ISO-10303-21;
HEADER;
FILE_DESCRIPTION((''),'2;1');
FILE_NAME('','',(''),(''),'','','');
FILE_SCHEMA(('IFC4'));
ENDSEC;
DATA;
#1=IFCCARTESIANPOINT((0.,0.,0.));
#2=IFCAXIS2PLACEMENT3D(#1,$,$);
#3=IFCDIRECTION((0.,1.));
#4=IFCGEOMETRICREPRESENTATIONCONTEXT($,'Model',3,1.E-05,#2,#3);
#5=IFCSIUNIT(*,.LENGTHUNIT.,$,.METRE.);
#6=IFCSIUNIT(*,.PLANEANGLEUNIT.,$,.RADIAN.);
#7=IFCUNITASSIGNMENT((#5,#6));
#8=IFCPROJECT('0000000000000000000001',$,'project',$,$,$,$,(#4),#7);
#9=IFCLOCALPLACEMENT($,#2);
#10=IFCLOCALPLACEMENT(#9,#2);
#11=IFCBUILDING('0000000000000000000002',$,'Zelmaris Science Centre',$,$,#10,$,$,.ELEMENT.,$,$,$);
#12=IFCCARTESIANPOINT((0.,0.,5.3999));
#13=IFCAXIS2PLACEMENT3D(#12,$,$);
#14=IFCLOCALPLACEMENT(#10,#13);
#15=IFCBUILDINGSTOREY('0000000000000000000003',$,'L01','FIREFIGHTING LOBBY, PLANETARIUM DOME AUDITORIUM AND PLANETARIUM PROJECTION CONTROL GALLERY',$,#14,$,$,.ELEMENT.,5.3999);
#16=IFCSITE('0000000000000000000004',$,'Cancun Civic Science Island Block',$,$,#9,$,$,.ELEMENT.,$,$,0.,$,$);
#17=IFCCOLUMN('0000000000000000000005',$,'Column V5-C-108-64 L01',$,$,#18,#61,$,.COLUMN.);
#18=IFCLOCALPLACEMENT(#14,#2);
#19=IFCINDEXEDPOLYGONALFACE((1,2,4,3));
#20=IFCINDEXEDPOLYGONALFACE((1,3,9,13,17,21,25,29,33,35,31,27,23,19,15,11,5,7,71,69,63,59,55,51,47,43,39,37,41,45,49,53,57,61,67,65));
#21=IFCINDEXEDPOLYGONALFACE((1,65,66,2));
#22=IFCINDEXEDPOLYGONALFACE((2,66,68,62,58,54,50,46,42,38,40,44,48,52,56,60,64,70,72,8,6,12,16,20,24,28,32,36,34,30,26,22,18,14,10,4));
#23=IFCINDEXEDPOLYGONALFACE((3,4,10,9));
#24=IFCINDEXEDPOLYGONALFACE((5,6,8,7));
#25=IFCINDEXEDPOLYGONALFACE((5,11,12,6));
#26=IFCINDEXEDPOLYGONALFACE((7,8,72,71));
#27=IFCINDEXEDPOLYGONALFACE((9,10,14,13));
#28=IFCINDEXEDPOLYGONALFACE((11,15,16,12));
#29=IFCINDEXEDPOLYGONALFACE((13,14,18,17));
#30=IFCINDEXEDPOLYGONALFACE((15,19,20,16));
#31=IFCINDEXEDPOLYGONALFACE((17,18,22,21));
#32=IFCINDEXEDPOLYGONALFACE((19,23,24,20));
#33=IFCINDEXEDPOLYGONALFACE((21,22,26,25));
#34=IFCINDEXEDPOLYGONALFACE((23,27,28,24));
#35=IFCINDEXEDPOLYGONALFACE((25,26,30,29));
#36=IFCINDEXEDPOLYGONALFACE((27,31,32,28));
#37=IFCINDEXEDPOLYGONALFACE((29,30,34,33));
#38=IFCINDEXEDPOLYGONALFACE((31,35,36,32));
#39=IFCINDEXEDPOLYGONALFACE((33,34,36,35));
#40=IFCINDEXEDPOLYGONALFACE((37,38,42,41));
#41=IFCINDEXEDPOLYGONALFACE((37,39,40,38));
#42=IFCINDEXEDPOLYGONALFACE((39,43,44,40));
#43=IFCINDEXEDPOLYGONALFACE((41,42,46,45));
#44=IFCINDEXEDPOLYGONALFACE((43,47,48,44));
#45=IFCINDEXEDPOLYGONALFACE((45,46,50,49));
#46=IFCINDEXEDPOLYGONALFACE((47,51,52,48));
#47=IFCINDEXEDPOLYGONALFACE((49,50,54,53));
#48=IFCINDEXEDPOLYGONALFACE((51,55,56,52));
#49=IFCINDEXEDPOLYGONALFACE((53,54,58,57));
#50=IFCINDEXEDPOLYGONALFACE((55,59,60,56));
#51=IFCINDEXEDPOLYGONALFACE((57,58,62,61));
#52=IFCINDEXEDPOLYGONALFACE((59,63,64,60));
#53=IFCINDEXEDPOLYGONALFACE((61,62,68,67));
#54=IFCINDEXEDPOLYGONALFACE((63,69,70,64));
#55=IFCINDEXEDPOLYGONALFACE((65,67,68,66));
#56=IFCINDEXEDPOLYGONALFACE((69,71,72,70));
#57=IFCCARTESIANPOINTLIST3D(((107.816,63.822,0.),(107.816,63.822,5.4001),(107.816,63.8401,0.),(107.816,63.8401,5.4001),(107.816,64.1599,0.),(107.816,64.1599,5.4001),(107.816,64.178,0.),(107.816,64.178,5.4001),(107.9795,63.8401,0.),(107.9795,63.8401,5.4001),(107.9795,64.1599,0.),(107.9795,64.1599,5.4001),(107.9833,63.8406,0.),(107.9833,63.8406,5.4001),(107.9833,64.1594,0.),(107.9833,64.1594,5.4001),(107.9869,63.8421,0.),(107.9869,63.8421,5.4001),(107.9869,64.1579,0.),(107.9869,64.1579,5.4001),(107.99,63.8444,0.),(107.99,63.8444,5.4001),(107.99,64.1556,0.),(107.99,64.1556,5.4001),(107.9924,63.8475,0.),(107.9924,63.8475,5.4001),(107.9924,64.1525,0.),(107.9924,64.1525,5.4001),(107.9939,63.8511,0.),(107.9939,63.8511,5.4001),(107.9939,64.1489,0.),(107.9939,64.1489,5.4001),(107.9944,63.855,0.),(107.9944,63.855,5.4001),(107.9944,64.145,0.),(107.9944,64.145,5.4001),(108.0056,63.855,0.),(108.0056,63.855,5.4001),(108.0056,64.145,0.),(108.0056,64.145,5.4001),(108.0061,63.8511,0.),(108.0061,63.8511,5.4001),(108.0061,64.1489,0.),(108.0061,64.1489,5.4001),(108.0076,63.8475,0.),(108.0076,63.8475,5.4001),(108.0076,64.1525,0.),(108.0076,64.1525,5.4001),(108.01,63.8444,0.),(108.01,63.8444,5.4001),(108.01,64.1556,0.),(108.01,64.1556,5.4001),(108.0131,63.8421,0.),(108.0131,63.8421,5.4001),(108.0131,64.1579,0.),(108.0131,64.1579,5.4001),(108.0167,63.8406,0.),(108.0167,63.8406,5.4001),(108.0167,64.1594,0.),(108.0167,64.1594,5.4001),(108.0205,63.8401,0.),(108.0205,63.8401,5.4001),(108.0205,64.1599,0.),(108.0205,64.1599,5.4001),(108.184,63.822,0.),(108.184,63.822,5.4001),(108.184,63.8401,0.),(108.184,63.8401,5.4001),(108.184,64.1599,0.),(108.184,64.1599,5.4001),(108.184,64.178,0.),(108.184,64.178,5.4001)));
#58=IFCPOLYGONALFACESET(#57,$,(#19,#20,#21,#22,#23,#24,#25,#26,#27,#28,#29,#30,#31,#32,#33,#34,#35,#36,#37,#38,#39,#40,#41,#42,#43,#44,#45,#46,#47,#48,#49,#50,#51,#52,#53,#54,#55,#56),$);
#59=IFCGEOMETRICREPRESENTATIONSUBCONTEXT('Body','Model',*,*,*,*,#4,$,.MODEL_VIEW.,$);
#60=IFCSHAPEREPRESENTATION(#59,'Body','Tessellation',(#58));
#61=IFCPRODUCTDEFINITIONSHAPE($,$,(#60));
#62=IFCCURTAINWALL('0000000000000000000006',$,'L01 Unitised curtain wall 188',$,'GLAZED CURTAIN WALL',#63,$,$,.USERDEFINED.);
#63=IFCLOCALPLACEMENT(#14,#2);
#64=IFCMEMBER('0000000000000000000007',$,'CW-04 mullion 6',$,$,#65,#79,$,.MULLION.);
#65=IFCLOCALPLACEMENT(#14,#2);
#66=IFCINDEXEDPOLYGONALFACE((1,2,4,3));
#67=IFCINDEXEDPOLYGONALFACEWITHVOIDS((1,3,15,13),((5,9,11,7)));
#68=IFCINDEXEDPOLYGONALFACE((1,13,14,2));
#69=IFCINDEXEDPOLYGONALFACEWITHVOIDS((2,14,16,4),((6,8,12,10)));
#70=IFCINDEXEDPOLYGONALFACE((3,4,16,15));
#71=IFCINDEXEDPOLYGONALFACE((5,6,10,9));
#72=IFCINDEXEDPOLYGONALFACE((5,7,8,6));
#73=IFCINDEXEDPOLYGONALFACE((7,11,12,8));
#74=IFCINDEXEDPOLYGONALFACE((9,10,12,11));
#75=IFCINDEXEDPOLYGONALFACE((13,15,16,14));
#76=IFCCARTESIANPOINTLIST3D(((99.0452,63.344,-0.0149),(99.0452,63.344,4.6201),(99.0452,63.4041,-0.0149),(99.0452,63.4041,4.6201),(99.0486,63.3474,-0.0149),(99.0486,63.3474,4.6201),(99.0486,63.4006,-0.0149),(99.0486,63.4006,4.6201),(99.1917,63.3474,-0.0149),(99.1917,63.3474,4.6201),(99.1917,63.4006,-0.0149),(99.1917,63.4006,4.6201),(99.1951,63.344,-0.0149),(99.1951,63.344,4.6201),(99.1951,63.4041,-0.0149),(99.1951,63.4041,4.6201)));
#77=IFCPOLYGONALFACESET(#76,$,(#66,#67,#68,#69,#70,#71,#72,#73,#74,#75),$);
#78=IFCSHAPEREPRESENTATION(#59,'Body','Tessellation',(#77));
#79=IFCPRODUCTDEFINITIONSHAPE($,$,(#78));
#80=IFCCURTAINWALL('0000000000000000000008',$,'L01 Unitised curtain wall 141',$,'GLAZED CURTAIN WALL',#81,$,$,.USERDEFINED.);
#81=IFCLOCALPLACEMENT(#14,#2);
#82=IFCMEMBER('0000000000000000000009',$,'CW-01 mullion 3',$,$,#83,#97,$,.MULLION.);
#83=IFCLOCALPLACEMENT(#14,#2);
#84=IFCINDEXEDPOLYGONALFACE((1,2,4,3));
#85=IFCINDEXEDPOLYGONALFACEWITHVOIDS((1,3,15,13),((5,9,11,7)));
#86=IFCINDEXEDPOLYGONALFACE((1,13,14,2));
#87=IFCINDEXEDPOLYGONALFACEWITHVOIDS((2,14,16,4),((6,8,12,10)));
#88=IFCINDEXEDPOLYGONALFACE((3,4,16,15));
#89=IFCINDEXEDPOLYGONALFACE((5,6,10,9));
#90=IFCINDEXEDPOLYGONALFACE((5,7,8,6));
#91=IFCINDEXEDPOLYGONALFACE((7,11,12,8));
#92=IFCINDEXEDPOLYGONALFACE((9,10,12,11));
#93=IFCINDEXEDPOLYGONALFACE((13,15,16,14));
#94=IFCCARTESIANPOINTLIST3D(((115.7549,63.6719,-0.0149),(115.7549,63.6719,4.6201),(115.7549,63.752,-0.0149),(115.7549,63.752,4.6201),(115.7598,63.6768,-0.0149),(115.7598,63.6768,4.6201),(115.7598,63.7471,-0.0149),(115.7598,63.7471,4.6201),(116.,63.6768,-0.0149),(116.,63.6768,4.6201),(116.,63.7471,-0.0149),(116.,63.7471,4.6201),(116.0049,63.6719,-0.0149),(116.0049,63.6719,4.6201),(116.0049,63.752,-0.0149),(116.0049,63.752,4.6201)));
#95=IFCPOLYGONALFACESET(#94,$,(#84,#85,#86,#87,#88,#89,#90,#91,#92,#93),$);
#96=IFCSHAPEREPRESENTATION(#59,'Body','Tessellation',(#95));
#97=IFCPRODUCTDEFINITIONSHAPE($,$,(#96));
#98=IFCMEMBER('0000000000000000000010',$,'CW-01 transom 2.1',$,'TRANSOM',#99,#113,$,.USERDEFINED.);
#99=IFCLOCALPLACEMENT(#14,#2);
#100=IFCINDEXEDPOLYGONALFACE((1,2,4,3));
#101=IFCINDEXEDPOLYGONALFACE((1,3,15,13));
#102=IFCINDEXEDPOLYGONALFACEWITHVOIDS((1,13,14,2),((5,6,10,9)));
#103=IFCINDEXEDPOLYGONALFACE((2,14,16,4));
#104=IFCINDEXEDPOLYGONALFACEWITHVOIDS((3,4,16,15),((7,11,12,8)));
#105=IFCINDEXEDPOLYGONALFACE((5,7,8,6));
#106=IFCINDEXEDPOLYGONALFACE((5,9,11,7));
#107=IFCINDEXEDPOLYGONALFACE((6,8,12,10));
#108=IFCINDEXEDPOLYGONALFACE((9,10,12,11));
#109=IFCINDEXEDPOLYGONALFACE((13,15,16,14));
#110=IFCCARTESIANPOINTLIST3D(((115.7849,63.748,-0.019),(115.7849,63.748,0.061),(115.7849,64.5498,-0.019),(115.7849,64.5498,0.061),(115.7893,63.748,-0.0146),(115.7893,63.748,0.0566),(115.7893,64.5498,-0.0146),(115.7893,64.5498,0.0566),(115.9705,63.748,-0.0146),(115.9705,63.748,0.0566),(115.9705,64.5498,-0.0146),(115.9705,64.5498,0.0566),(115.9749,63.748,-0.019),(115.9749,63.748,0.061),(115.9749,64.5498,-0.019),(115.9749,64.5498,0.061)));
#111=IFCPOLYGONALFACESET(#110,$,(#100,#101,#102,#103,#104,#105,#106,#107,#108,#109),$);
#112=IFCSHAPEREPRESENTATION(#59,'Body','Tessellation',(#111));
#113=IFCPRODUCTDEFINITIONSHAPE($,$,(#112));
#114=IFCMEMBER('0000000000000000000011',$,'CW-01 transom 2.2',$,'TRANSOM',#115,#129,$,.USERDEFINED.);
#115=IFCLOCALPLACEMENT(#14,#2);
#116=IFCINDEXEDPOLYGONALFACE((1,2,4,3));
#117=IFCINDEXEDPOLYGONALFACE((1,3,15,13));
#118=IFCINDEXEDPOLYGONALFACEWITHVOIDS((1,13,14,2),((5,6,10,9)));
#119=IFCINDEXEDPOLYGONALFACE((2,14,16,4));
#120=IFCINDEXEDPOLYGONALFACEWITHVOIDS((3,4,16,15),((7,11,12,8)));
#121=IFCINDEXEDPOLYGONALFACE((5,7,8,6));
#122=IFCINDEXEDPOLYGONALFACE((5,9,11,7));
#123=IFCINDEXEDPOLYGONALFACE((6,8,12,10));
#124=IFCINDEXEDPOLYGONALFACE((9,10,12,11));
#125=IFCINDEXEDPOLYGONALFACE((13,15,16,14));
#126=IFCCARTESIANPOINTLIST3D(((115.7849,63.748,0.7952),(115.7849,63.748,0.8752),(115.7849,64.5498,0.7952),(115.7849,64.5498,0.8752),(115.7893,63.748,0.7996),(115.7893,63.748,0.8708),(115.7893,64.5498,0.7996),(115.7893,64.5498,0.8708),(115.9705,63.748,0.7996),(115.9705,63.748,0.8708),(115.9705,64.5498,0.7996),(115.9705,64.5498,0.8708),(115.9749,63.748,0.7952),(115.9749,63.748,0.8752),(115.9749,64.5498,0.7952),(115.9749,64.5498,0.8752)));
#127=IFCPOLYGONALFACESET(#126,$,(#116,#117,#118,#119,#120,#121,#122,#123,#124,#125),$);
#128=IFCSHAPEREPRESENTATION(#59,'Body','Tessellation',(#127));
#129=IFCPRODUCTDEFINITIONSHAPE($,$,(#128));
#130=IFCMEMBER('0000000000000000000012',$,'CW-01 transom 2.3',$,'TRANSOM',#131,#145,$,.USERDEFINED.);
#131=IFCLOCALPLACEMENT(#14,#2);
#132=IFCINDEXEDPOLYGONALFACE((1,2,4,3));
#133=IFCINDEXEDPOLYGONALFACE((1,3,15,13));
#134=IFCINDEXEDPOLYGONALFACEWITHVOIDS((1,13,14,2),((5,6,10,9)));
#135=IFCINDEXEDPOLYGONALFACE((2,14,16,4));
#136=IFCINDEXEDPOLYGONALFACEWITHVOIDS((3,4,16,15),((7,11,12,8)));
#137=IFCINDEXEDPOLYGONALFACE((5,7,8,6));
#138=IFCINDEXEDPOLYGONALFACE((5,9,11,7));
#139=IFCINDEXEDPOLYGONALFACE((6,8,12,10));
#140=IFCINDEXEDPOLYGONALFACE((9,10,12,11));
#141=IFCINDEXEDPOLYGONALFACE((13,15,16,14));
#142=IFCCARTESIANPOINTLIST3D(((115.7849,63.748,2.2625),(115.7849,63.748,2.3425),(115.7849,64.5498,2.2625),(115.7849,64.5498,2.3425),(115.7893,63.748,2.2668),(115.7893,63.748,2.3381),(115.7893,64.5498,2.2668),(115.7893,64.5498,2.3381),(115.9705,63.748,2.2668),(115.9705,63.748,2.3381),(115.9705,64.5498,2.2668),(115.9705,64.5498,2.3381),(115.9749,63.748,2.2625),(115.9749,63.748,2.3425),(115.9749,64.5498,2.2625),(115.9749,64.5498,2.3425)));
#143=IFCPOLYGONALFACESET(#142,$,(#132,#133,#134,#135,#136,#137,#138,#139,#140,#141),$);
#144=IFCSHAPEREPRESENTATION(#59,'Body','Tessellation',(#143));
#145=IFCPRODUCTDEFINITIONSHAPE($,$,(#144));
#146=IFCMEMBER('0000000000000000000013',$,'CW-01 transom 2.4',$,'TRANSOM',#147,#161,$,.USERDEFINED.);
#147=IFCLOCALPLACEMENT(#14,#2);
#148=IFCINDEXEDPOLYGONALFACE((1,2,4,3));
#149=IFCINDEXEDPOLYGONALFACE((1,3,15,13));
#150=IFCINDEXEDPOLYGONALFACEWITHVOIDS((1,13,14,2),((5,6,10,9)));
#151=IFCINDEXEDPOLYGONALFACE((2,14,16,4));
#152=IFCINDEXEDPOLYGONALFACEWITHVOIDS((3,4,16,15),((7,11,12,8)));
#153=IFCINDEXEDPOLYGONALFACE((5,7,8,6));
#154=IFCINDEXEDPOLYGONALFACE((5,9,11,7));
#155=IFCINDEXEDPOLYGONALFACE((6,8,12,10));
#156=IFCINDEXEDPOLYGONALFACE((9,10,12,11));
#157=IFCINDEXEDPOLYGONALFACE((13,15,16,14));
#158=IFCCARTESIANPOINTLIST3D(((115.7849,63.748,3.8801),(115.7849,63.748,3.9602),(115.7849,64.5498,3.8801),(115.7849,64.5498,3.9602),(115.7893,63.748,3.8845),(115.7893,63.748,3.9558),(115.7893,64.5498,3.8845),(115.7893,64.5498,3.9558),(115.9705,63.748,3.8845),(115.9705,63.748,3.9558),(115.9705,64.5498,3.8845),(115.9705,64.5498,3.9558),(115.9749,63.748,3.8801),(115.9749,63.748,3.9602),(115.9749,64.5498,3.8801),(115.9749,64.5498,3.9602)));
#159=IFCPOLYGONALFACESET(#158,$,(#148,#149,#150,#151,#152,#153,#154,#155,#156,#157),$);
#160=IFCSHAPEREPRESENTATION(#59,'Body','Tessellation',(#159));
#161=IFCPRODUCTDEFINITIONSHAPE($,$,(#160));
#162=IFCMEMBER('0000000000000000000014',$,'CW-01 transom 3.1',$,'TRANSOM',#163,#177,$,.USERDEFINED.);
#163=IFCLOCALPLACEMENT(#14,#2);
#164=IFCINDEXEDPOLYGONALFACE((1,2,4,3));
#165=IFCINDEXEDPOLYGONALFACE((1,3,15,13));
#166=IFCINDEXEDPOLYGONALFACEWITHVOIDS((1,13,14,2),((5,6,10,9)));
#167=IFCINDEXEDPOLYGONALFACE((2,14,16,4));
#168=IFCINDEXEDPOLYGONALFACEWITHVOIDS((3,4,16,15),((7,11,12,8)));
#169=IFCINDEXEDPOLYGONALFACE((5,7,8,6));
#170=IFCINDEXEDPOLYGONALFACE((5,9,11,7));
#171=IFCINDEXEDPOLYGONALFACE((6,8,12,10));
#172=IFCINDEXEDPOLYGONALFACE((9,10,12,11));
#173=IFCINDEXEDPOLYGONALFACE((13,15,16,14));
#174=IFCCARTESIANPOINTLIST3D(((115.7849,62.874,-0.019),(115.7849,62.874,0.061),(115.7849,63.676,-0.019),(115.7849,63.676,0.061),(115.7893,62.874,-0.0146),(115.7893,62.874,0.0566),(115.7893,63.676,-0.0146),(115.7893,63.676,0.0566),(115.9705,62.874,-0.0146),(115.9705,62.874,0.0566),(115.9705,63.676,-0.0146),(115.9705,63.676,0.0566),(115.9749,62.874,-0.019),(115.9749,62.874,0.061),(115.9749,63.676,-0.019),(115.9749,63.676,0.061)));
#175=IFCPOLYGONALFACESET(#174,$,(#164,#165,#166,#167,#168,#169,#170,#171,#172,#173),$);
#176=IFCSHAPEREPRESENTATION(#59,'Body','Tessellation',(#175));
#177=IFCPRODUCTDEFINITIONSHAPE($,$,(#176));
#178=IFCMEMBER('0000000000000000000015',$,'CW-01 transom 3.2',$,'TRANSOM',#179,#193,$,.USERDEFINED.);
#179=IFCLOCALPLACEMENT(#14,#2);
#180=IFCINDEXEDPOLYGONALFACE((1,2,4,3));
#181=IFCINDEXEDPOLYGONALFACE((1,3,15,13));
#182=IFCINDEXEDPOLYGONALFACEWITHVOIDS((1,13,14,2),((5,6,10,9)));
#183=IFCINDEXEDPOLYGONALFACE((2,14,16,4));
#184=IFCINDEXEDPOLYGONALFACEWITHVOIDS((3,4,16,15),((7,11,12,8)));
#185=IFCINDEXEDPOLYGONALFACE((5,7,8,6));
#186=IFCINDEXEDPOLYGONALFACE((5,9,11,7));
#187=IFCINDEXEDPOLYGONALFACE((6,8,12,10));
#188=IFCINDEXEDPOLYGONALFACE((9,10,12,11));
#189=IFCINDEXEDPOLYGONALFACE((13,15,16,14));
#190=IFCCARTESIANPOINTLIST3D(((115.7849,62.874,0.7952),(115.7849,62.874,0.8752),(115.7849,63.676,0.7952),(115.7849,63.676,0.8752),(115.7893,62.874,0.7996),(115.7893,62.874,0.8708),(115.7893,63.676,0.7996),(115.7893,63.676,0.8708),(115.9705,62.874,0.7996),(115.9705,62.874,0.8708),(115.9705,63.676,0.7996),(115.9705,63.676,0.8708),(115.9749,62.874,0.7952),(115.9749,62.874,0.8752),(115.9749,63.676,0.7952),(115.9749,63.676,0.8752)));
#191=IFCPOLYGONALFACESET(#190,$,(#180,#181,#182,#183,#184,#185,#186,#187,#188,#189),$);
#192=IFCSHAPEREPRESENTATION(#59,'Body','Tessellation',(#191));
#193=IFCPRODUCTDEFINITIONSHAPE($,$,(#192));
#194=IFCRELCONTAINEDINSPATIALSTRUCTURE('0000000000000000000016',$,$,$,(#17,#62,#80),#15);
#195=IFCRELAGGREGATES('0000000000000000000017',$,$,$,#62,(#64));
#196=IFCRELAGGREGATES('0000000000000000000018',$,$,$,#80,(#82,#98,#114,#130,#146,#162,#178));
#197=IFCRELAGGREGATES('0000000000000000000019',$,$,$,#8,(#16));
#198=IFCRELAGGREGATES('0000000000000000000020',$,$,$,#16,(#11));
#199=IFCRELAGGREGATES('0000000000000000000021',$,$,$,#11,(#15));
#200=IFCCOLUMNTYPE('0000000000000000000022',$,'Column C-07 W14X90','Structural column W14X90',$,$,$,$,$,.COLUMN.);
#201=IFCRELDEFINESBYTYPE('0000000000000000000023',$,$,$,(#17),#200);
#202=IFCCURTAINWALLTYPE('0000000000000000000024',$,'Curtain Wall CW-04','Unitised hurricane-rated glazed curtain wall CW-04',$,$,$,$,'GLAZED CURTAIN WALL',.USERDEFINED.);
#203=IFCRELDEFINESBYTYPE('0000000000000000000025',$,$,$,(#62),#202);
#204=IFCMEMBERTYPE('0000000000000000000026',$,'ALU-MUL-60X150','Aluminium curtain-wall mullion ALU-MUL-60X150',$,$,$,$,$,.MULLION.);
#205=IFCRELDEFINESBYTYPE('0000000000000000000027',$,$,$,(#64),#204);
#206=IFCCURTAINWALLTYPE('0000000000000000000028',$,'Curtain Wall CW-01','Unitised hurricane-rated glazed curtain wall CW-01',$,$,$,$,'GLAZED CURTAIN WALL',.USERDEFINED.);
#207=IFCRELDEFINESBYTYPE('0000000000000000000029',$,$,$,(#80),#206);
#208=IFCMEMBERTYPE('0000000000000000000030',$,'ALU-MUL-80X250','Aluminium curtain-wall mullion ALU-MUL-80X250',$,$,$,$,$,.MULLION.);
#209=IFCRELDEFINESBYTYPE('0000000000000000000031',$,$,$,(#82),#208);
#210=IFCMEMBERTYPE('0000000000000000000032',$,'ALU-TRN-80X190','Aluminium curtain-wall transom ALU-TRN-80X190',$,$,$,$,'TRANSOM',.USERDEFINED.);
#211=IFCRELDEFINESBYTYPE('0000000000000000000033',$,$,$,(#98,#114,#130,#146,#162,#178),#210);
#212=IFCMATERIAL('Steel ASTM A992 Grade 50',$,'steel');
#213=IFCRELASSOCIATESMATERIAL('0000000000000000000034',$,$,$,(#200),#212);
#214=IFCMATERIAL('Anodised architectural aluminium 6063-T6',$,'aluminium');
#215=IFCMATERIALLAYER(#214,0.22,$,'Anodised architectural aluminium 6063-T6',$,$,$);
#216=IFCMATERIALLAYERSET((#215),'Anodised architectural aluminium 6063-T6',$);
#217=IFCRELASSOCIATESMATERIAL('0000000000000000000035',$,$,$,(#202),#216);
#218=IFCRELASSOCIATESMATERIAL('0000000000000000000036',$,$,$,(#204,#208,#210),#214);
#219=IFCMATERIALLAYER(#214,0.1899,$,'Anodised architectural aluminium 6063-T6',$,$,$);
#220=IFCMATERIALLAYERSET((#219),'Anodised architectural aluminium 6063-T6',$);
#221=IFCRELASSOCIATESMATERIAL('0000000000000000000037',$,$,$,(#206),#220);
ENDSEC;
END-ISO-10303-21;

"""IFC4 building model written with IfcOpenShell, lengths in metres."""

from ifc_helpers import new_model, si_unit, direction, frame, origin, origin_2d, place, context, subcontext, project, spatial, hollow_rectangle, i_section, extrude, material, layer, layer_set, material_profile, profile_set, type_object, element, aggregate, save


model = new_model("IFC4")

# Units and contexts
model_context = context("Model", 3, precision=1e-05, world=origin(), true_north=direction((0.0, 1.0)))
body_context = subcontext(model_context, "Body", "Model", "MODEL_VIEW")
ifc_project = project(units=[si_unit("LENGTHUNIT", "METRE"), si_unit("PLANEANGLEUNIT", "RADIAN")], contexts=[model_context])

# Site, building, storey
site_placement = place(None, origin())
site = spatial("IfcSite", under=ifc_project, at=site_placement, Name="Cancun Civic Science Island Block", CompositionType="ELEMENT", RefElevation=0.0)
building_placement = place(site_placement, origin())
building = spatial("IfcBuilding", under=site, at=building_placement, Name="Zelmaris Science Centre", CompositionType="ELEMENT")
storey_placement = place(building_placement, frame((0.0, 0.0, 5.3999)))
storey = spatial("IfcBuildingStorey", under=building, at=storey_placement, Name="L01", Description="FIREFIGHTING LOBBY, PLANETARIUM DOME AUDITORIUM AND PLANETARIUM PROJECTION CONTROL GALLERY", CompositionType="ELEMENT", Elevation=5.3999)

# Column
ifc_material_1 = material(Name="Steel ASTM A992 Grade 50", Category="steel")
ifc_material_profile_1 = material_profile(ifc_material_1, i_section(OverallWidth=0.3679, OverallDepth=0.356, WebThickness=0.0112, FlangeThickness=0.0181, FilletRadius=0.0149, at=origin_2d()), Name="W14X90")
ifc_profile_set_1 = profile_set([ifc_material_profile_1], Name="Steel ASTM A992 Grade 50")
column_type = type_object("IfcColumnType", Name="Column C-07 W14X90", Description="Structural column W14X90", PredefinedType="COLUMN", material=ifc_profile_set_1)
column_placement = place(storey_placement, frame((108.0, 64.0, 0.0), z_axis=(0.0, 0.0, 1.0), x_axis=(1.0, 0.0, 0.0)))
element("IfcColumn", 1, at=column_placement, inside=storey, type_object=column_type, Name="Column V5-C-108-64 L01", PredefinedType="COLUMN", context=body_context, shape_type="SweptSolid", body=[
    extrude(i_section(OverallWidth=0.3679, OverallDepth=0.356, WebThickness=0.0112, FlangeThickness=0.0181, FilletRadius=0.0149, at=origin_2d()), origin(), (0.0, 0.0, 1.0), 5.4001),
])

# Curtain wall, member
ifc_material_2 = material(Name="Anodised architectural aluminium 6063-T6", Category="aluminium")
ifc_layer_1 = layer(ifc_material_2, 0.22, Name="Anodised architectural aluminium 6063-T6")
ifc_layer_set_1 = layer_set([ifc_layer_1], Name="Anodised architectural aluminium 6063-T6")
curtain_wall_type_1 = type_object("IfcCurtainWallType", Name="Curtain Wall CW-04", Description="Unitised hurricane-rated glazed curtain wall CW-04", ElementType="GLAZED CURTAIN WALL", PredefinedType="USERDEFINED", material=ifc_layer_set_1)
curtain_wall_1_placement = place(storey_placement, origin())
curtain_wall_1 = element("IfcCurtainWall", 2, at=curtain_wall_1_placement, inside=storey, type_object=curtain_wall_type_1, Name="L01 Unitised curtain wall 188", ObjectType="GLAZED CURTAIN WALL", PredefinedType="USERDEFINED")
ifc_material_profile_2 = material_profile(ifc_material_2, hollow_rectangle(XDim=0.0601, YDim=0.1499, WallThickness=0.0034, at=origin_2d()), Name="ALU-MUL-60X150")
ifc_profile_set_2 = profile_set([ifc_material_profile_2], Name="Anodised architectural aluminium 6063-T6")
member_type_1 = type_object("IfcMemberType", Name="ALU-MUL-60X150", Description="Aluminium curtain-wall mullion ALU-MUL-60X150", PredefinedType="MULLION", material=ifc_profile_set_2)
member_1_placement = place(storey_placement, frame((99.1201, 63.374, -0.0149), z_axis=(0.0, 0.0, 1.0), x_axis=(-0.000005, 1.0, 0.0)))
member_1 = element("IfcMember", 3, at=member_1_placement, type_object=member_type_1, Name="CW-04 mullion 6", PredefinedType="MULLION", context=body_context, shape_type="SweptSolid", body=[
    extrude(hollow_rectangle(XDim=0.0601, YDim=0.1499, WallThickness=0.0034, at=origin_2d()), origin(), (0.0, 0.0, 1.0), 4.635),
])
aggregate(curtain_wall_1, [member_1])

# Curtain wall, members
ifc_layer_2 = layer(ifc_material_2, 0.1899, Name="Anodised architectural aluminium 6063-T6")
ifc_layer_set_2 = layer_set([ifc_layer_2], Name="Anodised architectural aluminium 6063-T6")
curtain_wall_type_2 = type_object("IfcCurtainWallType", Name="Curtain Wall CW-01", Description="Unitised hurricane-rated glazed curtain wall CW-01", ElementType="GLAZED CURTAIN WALL", PredefinedType="USERDEFINED", material=ifc_layer_set_2)
curtain_wall_2_placement = place(storey_placement, origin())
curtain_wall_2 = element("IfcCurtainWall", 4, at=curtain_wall_2_placement, inside=storey, type_object=curtain_wall_type_2, Name="L01 Unitised curtain wall 141", ObjectType="GLAZED CURTAIN WALL", PredefinedType="USERDEFINED")
ifc_material_profile_3 = material_profile(ifc_material_2, hollow_rectangle(XDim=0.0801, YDim=0.25, WallThickness=0.0049, at=origin_2d()), Name="ALU-MUL-80X250")
ifc_profile_set_3 = profile_set([ifc_material_profile_3], Name="Anodised architectural aluminium 6063-T6")
member_type_2 = type_object("IfcMemberType", Name="ALU-MUL-80X250", Description="Aluminium curtain-wall mullion ALU-MUL-80X250", PredefinedType="MULLION", material=ifc_profile_set_3)
member_2_placement = place(storey_placement, frame((115.8799, 63.7119, -0.0149), z_axis=(0.0, 0.0, 1.0), x_axis=(0.000007, -1.0, 0.0)))
member_2 = element("IfcMember", 5, at=member_2_placement, type_object=member_type_2, Name="CW-01 mullion 3", PredefinedType="MULLION", context=body_context, shape_type="SweptSolid", body=[
    extrude(hollow_rectangle(XDim=0.0801, YDim=0.25, WallThickness=0.0049, at=origin_2d()), origin(), (0.0, 0.0, 1.0), 4.635),
])
ifc_material_profile_4 = material_profile(ifc_material_2, hollow_rectangle(XDim=0.0801, YDim=0.1899, WallThickness=0.0044, at=origin_2d()), Name="ALU-TRN-80X190")
ifc_profile_set_4 = profile_set([ifc_material_profile_4], Name="Anodised architectural aluminium 6063-T6")
member_type_3 = type_object("IfcMemberType", Name="ALU-TRN-80X190", Description="Aluminium curtain-wall transom ALU-TRN-80X190", ElementType="TRANSOM", PredefinedType="USERDEFINED", material=ifc_profile_set_4)
member_3_placement = place(storey_placement, frame((115.8799, 64.5498, 0.021), z_axis=(0.0, -1.0, 0.0), x_axis=(0.0, 0.0, 1.0)))
member_3 = element("IfcMember", 6, at=member_3_placement, type_object=member_type_3, Name="CW-01 transom 2.1", ObjectType="TRANSOM", PredefinedType="USERDEFINED", context=body_context, shape_type="SweptSolid", body=[
    extrude(hollow_rectangle(XDim=0.0801, YDim=0.1899, WallThickness=0.0044, at=origin_2d()), origin(), (0.0, 0.0, 1.0), 0.8018),
])
member_4_placement = place(storey_placement, frame((115.8799, 64.5498, 0.8352), z_axis=(0.0, -1.0, 0.0), x_axis=(0.0, 0.0, 1.0)))
member_4 = element("IfcMember", 7, at=member_4_placement, type_object=member_type_3, Name="CW-01 transom 2.2", ObjectType="TRANSOM", PredefinedType="USERDEFINED", context=body_context, shape_type="SweptSolid", body=[
    extrude(hollow_rectangle(XDim=0.0801, YDim=0.1899, WallThickness=0.0044, at=origin_2d()), origin(), (0.0, 0.0, 1.0), 0.8018),
])
member_5_placement = place(storey_placement, frame((115.8799, 64.5498, 2.3025), z_axis=(0.0, -1.0, 0.0), x_axis=(0.0, 0.0, 1.0)))
member_5 = element("IfcMember", 8, at=member_5_placement, type_object=member_type_3, Name="CW-01 transom 2.3", ObjectType="TRANSOM", PredefinedType="USERDEFINED", context=body_context, shape_type="SweptSolid", body=[
    extrude(hollow_rectangle(XDim=0.0801, YDim=0.1899, WallThickness=0.0044, at=origin_2d()), origin(), (0.0, 0.0, 1.0), 0.8018),
])
member_6_placement = place(storey_placement, frame((115.8799, 64.5498, 3.9202), z_axis=(0.0, -1.0, 0.0), x_axis=(0.0, 0.0, 1.0)))
member_6 = element("IfcMember", 9, at=member_6_placement, type_object=member_type_3, Name="CW-01 transom 2.4", ObjectType="TRANSOM", PredefinedType="USERDEFINED", context=body_context, shape_type="SweptSolid", body=[
    extrude(hollow_rectangle(XDim=0.0801, YDim=0.1899, WallThickness=0.0044, at=origin_2d()), origin(), (0.0, 0.0, 1.0), 0.8018),
])
member_7_placement = place(storey_placement, frame((115.8799, 63.676, 0.021), z_axis=(0.0, -1.0, 0.0), x_axis=(0.0, 0.0, 1.0)))
member_7 = element("IfcMember", 10, at=member_7_placement, type_object=member_type_3, Name="CW-01 transom 3.1", ObjectType="TRANSOM", PredefinedType="USERDEFINED", context=body_context, shape_type="SweptSolid", body=[
    extrude(hollow_rectangle(XDim=0.0801, YDim=0.1899, WallThickness=0.0044, at=origin_2d()), origin(), (0.0, 0.0, 1.0), 0.802),
])
member_8_placement = place(storey_placement, frame((115.8799, 63.676, 0.8352), z_axis=(0.0, -1.0, 0.0), x_axis=(0.0, 0.0, 1.0)))
member_8 = element("IfcMember", 11, at=member_8_placement, type_object=member_type_3, Name="CW-01 transom 3.2", ObjectType="TRANSOM", PredefinedType="USERDEFINED", context=body_context, shape_type="SweptSolid", body=[
    extrude(hollow_rectangle(XDim=0.0801, YDim=0.1899, WallThickness=0.0044, at=origin_2d()), origin(), (0.0, 0.0, 1.0), 0.802),
])

aggregate(curtain_wall_2, [member_2, member_3, member_4, member_5, member_6, member_7, member_8])

save(model, "model.ifc")
